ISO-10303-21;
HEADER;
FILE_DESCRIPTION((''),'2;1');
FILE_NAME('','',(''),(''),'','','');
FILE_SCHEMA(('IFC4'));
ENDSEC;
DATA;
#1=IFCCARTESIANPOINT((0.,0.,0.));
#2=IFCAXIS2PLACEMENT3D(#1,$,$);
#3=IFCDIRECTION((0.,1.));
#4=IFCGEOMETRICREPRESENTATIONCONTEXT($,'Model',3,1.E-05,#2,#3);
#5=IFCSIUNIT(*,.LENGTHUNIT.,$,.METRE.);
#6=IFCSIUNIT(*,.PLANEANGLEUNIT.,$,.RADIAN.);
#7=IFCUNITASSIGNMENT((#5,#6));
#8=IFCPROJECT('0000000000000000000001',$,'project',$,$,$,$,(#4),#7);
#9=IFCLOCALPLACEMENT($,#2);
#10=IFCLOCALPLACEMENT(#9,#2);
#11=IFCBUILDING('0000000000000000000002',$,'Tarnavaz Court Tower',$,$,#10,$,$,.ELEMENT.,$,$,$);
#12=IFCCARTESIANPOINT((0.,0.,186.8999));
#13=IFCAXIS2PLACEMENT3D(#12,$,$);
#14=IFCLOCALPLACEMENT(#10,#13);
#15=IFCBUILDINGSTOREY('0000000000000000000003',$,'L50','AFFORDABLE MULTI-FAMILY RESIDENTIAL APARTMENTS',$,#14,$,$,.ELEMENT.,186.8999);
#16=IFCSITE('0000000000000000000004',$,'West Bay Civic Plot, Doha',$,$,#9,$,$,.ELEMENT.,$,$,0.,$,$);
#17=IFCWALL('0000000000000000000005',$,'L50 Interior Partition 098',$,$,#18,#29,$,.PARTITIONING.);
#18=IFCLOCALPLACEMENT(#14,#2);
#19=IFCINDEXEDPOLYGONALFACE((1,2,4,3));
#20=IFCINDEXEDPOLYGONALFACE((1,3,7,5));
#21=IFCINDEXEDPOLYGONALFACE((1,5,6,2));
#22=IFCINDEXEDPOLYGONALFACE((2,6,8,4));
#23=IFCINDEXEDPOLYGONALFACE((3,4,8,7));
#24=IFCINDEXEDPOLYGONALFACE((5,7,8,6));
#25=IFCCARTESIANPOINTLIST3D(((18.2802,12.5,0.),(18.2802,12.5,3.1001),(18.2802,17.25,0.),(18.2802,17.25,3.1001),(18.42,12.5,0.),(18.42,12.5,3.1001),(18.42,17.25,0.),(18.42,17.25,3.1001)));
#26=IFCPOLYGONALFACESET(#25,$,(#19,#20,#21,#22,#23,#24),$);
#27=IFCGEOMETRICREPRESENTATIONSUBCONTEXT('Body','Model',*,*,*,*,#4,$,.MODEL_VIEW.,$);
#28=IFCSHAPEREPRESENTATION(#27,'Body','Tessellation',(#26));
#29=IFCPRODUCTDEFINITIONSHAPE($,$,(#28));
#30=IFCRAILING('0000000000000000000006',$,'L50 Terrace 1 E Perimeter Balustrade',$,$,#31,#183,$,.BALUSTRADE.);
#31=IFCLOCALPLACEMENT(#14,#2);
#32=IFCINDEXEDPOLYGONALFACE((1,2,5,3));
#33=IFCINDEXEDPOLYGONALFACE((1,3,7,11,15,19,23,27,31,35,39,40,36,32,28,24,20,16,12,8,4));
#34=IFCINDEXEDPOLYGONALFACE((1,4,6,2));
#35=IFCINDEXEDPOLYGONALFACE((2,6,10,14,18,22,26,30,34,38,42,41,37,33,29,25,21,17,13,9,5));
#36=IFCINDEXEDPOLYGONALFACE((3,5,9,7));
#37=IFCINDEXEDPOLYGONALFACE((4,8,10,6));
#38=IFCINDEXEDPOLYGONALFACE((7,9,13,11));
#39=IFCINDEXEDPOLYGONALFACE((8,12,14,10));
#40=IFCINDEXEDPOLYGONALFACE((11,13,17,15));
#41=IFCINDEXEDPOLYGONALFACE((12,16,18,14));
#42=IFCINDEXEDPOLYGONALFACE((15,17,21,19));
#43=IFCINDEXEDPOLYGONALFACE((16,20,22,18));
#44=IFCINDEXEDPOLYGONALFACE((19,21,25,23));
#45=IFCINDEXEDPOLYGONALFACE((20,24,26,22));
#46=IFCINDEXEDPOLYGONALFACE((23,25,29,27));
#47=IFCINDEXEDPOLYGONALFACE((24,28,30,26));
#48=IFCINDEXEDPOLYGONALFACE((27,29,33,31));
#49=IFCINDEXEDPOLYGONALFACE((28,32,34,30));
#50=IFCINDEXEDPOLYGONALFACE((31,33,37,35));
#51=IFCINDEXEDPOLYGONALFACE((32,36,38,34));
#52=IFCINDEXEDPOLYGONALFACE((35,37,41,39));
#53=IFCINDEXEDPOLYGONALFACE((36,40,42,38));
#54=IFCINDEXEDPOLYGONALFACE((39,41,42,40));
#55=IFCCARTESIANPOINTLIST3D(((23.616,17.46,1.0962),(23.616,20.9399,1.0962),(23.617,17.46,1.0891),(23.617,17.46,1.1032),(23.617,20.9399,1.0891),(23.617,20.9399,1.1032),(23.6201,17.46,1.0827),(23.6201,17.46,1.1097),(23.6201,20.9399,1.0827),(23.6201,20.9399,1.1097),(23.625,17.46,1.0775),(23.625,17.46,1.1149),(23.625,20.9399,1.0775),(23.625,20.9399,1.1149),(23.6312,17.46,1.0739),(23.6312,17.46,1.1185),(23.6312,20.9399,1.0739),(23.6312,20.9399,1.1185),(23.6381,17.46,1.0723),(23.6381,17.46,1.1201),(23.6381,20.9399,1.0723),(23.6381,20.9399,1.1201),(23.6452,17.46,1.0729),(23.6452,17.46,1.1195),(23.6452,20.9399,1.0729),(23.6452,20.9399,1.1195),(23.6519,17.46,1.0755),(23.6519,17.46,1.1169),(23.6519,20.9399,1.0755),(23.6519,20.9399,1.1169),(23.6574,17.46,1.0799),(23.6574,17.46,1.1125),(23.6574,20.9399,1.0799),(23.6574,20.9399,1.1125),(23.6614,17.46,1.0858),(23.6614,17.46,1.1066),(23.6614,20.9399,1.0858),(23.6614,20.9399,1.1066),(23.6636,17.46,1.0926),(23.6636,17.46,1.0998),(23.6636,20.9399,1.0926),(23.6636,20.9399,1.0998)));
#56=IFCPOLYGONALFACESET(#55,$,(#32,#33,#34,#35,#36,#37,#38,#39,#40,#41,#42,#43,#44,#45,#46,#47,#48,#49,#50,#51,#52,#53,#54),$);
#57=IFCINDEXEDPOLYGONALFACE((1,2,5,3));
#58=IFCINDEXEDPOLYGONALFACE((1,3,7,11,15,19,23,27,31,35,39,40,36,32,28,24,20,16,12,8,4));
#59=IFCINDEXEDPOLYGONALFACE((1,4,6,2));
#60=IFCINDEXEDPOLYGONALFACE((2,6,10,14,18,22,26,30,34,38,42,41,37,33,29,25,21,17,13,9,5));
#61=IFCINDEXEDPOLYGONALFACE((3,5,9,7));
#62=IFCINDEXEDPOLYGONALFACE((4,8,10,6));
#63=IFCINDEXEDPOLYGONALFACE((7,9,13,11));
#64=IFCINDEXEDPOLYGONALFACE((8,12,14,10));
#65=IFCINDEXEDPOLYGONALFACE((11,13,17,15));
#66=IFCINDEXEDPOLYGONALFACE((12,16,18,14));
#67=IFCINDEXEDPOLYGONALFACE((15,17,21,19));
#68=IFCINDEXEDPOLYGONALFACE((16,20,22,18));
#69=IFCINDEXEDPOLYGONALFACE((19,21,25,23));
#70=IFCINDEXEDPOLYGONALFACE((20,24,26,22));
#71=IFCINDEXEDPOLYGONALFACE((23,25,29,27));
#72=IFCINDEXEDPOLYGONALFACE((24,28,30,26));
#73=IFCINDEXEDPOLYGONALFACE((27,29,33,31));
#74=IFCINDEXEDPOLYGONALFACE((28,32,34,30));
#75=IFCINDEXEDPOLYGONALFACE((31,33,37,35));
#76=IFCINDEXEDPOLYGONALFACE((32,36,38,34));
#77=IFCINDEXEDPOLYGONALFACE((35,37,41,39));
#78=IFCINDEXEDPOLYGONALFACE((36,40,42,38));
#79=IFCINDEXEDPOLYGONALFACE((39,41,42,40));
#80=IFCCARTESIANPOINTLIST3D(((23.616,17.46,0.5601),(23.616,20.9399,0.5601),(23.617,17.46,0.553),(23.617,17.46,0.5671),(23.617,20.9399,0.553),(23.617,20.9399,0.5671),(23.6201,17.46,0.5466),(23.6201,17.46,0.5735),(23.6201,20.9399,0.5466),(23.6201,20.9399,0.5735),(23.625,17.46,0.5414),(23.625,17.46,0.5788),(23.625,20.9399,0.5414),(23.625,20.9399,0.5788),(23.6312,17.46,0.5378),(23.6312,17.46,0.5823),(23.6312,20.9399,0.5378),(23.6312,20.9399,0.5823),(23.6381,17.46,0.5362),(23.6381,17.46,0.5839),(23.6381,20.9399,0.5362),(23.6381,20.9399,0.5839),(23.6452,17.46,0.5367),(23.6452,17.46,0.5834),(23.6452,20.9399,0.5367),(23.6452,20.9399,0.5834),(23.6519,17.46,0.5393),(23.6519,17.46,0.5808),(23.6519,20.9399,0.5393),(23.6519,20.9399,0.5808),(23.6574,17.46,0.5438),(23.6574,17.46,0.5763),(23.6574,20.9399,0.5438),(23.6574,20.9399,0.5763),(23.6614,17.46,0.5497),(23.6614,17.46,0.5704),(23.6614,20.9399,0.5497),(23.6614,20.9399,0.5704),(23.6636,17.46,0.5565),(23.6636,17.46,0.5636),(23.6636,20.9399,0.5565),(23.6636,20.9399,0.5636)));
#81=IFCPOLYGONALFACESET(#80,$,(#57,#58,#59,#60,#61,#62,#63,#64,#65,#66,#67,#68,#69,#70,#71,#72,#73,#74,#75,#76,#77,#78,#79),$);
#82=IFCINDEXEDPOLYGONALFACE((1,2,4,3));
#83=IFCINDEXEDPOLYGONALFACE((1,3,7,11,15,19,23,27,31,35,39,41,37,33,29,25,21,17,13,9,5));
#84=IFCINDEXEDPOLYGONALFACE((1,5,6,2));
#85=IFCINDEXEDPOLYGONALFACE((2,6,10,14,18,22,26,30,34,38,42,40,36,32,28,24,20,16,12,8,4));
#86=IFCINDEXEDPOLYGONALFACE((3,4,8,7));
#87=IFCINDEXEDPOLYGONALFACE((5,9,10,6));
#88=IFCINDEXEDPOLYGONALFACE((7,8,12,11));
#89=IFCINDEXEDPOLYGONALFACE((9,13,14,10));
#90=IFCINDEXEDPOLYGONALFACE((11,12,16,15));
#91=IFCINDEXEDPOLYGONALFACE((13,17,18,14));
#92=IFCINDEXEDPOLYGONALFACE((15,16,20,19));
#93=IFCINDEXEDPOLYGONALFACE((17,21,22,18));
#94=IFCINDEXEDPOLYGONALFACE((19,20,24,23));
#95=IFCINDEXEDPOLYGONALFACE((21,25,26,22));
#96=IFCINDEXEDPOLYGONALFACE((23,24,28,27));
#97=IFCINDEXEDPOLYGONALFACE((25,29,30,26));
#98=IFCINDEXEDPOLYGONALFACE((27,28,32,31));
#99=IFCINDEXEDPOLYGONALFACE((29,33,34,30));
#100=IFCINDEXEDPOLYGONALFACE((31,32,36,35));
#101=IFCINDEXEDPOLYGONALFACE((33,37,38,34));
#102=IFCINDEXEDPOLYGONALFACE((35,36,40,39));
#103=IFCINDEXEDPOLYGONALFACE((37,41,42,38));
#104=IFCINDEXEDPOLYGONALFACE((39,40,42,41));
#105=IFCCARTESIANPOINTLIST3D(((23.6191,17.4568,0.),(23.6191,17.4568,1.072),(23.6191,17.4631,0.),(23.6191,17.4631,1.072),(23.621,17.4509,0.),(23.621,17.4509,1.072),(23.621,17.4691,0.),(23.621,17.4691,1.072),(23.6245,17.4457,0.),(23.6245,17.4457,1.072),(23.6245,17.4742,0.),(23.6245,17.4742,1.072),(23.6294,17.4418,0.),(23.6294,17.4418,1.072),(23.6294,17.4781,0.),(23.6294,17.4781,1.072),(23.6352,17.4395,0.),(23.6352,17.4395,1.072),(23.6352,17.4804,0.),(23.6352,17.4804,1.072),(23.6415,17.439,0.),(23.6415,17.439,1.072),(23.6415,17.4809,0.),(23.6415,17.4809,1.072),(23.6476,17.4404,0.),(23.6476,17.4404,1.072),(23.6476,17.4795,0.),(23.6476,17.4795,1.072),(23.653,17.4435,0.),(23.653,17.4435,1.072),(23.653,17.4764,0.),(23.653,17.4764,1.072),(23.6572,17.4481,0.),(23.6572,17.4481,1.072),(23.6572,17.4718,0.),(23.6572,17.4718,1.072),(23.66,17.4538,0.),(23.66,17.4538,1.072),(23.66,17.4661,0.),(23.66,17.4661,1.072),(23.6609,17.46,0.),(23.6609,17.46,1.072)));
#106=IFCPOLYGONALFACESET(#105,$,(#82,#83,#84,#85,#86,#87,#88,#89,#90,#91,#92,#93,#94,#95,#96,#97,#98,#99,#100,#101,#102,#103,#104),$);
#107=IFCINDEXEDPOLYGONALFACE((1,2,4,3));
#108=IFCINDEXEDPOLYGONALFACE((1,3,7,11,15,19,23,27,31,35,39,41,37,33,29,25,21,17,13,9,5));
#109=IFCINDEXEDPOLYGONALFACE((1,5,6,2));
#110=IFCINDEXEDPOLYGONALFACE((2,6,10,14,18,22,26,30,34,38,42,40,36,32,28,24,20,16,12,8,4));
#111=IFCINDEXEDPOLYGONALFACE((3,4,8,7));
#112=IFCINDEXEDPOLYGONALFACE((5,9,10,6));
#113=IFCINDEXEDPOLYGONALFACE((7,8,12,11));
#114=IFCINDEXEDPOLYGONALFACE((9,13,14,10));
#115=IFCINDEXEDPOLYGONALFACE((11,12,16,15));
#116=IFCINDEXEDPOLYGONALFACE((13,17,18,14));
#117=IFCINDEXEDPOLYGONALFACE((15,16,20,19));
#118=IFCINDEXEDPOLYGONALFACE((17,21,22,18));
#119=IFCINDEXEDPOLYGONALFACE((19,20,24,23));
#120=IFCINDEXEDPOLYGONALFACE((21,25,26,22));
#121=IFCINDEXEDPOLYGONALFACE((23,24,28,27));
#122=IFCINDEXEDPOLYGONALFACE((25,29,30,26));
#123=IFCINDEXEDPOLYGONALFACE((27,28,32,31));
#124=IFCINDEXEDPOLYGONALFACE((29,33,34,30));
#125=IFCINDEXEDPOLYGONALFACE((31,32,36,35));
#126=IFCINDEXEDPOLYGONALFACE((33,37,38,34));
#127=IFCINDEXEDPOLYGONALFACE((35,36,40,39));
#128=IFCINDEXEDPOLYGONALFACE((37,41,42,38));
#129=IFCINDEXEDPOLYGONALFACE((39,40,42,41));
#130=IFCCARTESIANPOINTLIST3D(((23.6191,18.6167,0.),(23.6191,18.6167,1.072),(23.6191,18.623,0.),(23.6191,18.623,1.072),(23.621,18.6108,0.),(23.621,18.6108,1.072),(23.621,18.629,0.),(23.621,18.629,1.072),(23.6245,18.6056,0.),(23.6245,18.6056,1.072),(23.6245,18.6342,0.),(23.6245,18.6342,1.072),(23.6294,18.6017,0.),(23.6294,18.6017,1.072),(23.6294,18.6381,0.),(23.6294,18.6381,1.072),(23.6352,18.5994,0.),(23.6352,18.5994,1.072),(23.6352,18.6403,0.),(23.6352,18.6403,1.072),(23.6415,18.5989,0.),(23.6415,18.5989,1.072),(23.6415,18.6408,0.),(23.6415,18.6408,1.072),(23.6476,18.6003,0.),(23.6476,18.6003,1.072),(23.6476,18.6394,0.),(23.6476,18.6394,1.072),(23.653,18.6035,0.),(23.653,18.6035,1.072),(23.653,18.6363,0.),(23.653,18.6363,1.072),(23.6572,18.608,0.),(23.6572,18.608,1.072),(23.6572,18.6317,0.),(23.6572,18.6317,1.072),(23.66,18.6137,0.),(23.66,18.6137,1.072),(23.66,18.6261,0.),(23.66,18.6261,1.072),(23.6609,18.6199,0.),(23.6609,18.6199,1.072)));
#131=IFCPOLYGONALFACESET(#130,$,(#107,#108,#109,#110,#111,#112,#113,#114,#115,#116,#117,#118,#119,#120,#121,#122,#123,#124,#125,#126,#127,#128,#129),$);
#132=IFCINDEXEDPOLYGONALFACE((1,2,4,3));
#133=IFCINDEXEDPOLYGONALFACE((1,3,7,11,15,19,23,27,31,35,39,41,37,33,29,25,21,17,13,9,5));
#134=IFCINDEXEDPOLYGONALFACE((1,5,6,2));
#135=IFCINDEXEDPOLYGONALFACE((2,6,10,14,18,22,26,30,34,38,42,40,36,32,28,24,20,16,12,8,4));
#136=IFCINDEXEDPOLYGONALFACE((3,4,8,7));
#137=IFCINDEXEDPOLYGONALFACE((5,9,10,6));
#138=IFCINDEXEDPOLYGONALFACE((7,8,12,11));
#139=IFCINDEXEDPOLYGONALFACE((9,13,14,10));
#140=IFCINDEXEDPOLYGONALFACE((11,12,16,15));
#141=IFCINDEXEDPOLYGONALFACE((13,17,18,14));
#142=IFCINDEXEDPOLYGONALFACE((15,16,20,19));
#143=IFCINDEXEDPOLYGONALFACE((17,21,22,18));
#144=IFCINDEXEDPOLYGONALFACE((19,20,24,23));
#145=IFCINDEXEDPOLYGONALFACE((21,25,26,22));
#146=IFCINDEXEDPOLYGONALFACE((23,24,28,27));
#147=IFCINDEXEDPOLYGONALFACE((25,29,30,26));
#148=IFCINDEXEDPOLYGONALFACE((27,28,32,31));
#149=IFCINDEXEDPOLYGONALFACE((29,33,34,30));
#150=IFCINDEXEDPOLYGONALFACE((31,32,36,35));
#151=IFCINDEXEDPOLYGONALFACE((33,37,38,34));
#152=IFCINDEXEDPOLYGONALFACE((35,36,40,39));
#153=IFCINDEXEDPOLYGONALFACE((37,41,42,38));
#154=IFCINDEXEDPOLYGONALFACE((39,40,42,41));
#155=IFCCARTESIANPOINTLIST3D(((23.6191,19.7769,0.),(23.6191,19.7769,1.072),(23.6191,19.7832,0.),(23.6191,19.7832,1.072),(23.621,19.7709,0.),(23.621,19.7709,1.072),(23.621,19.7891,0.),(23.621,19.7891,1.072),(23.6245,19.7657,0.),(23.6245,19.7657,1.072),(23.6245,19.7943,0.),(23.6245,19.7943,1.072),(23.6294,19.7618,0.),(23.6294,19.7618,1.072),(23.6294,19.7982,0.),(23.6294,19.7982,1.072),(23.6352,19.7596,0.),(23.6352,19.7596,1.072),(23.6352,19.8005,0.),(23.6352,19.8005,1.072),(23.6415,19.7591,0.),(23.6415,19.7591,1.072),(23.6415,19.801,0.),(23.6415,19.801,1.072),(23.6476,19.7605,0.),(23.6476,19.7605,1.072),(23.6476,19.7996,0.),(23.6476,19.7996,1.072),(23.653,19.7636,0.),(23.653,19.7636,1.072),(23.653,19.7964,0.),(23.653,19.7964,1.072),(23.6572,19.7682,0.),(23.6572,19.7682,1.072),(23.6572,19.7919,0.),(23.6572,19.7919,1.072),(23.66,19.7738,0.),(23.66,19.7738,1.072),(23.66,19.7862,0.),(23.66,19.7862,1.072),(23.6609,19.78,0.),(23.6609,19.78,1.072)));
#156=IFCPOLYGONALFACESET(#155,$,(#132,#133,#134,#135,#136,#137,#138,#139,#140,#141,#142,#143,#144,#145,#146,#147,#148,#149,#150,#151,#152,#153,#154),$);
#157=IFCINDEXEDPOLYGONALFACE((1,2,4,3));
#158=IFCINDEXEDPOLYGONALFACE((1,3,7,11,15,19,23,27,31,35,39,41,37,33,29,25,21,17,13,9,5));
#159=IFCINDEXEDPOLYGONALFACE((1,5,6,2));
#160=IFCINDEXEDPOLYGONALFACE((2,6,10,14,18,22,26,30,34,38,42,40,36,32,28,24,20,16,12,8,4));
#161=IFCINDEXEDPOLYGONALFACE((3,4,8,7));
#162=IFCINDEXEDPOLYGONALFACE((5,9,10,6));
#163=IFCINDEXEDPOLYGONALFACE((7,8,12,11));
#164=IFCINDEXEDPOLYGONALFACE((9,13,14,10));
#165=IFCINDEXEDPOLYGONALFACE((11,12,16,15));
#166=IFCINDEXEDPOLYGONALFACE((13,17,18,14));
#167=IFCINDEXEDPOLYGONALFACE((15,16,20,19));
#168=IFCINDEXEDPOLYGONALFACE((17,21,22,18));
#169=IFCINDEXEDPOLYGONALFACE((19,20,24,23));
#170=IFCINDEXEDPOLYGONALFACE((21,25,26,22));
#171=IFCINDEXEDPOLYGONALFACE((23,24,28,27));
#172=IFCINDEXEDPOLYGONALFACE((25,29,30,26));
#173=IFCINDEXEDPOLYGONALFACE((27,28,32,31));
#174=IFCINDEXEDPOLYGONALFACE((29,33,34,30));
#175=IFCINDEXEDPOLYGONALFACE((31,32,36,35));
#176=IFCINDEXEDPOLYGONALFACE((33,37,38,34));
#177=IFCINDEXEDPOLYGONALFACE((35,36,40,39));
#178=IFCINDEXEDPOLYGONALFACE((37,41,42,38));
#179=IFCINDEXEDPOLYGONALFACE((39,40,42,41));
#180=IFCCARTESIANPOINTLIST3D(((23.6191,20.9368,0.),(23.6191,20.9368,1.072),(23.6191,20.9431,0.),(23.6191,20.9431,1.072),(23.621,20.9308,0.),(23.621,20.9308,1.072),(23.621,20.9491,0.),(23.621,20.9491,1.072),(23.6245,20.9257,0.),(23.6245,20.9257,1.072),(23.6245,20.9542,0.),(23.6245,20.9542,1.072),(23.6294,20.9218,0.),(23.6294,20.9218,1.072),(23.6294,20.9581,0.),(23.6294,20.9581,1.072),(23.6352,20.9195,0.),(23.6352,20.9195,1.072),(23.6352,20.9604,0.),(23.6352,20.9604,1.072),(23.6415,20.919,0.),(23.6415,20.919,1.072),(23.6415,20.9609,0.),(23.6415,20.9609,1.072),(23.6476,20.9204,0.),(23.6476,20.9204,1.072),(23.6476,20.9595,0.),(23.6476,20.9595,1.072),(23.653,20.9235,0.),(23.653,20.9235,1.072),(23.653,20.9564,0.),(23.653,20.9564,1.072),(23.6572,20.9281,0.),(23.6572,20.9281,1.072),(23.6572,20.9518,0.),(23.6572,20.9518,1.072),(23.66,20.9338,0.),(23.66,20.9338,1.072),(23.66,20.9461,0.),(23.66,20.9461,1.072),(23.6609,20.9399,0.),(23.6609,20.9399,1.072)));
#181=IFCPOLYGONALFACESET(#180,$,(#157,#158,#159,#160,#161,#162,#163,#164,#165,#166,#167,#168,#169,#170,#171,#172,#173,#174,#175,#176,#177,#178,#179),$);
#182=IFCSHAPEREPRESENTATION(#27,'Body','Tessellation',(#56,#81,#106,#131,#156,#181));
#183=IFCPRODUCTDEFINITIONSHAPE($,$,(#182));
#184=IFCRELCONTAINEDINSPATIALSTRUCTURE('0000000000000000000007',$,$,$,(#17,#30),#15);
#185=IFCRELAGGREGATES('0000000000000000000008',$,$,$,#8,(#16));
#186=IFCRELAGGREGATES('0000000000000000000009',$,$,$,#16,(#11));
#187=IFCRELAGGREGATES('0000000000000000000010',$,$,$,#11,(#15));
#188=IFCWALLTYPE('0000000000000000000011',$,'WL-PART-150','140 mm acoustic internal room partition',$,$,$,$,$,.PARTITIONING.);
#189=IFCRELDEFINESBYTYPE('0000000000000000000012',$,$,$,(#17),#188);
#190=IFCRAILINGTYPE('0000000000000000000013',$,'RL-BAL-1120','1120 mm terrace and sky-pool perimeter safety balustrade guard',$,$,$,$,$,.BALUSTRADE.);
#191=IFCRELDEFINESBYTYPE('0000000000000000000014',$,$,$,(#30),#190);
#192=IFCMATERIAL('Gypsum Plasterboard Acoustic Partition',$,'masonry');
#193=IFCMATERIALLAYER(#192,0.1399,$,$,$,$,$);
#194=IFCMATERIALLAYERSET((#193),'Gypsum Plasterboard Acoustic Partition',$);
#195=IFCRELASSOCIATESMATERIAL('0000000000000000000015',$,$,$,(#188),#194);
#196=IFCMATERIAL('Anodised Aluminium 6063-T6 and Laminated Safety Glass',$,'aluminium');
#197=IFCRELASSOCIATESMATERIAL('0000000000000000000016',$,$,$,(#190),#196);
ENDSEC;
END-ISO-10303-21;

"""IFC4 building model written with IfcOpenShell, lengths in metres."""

from ifc_helpers import new_model, si_unit, direction, frame, frame_2d, origin, origin_2d, place, context, subcontext, project, spatial, rectangle, circle, extrude, material, layer, layer_set, type_object, element, save


model = new_model("IFC4")

# Units and contexts
model_context = context("Model", 3, precision=1e-05, world=origin(), true_north=direction((0.0, 1.0)))
body_context = subcontext(model_context, "Body", "Model", "MODEL_VIEW")
ifc_project = project(units=[si_unit("LENGTHUNIT", "METRE"), si_unit("PLANEANGLEUNIT", "RADIAN")], contexts=[model_context])

# Site, building, storey
site_placement = place(None, origin())
site = spatial("IfcSite", under=ifc_project, at=site_placement, Name="West Bay Civic Plot, Doha", CompositionType="ELEMENT", RefElevation=0.0)
building_placement = place(site_placement, origin())
building = spatial("IfcBuilding", under=site, at=building_placement, Name="Tarnavaz Court Tower", CompositionType="ELEMENT")
storey_placement = place(building_placement, frame((0.0, 0.0, 186.8999)))
storey = spatial("IfcBuildingStorey", under=building, at=storey_placement, Name="L50", Description="AFFORDABLE MULTI-FAMILY RESIDENTIAL APARTMENTS", CompositionType="ELEMENT", Elevation=186.8999)

# Wall
ifc_material_1 = material(Name="Gypsum Plasterboard Acoustic Partition", Category="masonry")
ifc_layer_1 = layer(ifc_material_1, 0.1399)
ifc_layer_set_1 = layer_set([ifc_layer_1], Name="Gypsum Plasterboard Acoustic Partition")
wall_type_1 = type_object("IfcWallType", Name="WL-PART-150", Description="140 mm acoustic internal room partition", PredefinedType="PARTITIONING", material=ifc_layer_set_1)
wall_1_placement = place(storey_placement, frame((18.3501, 12.5, 0.0), z_axis=(0.0, 0.0, 1.0), x_axis=(0.0, 1.0, 0.0)))
element("IfcWall", 1, at=wall_1_placement, inside=storey, type_object=wall_type_1, Name="L50 Interior Partition 098", PredefinedType="PARTITIONING", context=body_context, shape_type="SweptSolid", body=[
    extrude(rectangle(XDim=4.75, YDim=0.1399, at=frame_2d((2.375, 0.0))), origin(), (0.0, 0.0, 1.0), 3.1001),
])

# Railing
ifc_material_2 = material(Name="Anodised Aluminium 6063-T6 and Laminated Safety Glass", Category="aluminium")
railing_type_1 = type_object("IfcRailingType", Name="RL-BAL-1120", Description="1120 mm terrace and sky-pool perimeter safety balustrade guard", PredefinedType="BALUSTRADE", material=ifc_material_2)
railing_1_placement = place(storey_placement, frame((23.6399, 17.46, 0.0)))
element("IfcRailing", 2, at=railing_1_placement, inside=storey, type_object=railing_type_1, Name="L50 Terrace 1 E Perimeter Balustrade", PredefinedType="BALUSTRADE", context=body_context, shape_type="SweptSolid", body=[
    extrude(circle(Radius=0.0239, at=origin_2d()), frame((0.0, 0.0, 1.0962), z_axis=(0.0, 1.0, 0.0), x_axis=(-1.0, 0.0, 0.0)), (0.0, 0.0, 1.0), 3.48),
    extrude(circle(Radius=0.0239, at=origin_2d()), frame((0.0, 0.0, 0.5601), z_axis=(0.0, 1.0, 0.0), x_axis=(-1.0, 0.0, 0.0)), (0.0, 0.0, 1.0), 3.48),
    extrude(circle(Radius=0.021, at=origin_2d()), origin(), (0.0, 0.0, 1.0), 1.072),
    extrude(circle(Radius=0.021, at=origin_2d()), frame((0.0, 1.1599, 0.0)), (0.0, 0.0, 1.0), 1.072),
    extrude(circle(Radius=0.021, at=origin_2d()), frame((0.0, 2.3201, 0.0)), (0.0, 0.0, 1.0), 1.072),
    extrude(circle(Radius=0.021, at=origin_2d()), frame((0.0, 3.48, 0.0)), (0.0, 0.0, 1.0), 1.072),
])

save(model, "model.ifc")
